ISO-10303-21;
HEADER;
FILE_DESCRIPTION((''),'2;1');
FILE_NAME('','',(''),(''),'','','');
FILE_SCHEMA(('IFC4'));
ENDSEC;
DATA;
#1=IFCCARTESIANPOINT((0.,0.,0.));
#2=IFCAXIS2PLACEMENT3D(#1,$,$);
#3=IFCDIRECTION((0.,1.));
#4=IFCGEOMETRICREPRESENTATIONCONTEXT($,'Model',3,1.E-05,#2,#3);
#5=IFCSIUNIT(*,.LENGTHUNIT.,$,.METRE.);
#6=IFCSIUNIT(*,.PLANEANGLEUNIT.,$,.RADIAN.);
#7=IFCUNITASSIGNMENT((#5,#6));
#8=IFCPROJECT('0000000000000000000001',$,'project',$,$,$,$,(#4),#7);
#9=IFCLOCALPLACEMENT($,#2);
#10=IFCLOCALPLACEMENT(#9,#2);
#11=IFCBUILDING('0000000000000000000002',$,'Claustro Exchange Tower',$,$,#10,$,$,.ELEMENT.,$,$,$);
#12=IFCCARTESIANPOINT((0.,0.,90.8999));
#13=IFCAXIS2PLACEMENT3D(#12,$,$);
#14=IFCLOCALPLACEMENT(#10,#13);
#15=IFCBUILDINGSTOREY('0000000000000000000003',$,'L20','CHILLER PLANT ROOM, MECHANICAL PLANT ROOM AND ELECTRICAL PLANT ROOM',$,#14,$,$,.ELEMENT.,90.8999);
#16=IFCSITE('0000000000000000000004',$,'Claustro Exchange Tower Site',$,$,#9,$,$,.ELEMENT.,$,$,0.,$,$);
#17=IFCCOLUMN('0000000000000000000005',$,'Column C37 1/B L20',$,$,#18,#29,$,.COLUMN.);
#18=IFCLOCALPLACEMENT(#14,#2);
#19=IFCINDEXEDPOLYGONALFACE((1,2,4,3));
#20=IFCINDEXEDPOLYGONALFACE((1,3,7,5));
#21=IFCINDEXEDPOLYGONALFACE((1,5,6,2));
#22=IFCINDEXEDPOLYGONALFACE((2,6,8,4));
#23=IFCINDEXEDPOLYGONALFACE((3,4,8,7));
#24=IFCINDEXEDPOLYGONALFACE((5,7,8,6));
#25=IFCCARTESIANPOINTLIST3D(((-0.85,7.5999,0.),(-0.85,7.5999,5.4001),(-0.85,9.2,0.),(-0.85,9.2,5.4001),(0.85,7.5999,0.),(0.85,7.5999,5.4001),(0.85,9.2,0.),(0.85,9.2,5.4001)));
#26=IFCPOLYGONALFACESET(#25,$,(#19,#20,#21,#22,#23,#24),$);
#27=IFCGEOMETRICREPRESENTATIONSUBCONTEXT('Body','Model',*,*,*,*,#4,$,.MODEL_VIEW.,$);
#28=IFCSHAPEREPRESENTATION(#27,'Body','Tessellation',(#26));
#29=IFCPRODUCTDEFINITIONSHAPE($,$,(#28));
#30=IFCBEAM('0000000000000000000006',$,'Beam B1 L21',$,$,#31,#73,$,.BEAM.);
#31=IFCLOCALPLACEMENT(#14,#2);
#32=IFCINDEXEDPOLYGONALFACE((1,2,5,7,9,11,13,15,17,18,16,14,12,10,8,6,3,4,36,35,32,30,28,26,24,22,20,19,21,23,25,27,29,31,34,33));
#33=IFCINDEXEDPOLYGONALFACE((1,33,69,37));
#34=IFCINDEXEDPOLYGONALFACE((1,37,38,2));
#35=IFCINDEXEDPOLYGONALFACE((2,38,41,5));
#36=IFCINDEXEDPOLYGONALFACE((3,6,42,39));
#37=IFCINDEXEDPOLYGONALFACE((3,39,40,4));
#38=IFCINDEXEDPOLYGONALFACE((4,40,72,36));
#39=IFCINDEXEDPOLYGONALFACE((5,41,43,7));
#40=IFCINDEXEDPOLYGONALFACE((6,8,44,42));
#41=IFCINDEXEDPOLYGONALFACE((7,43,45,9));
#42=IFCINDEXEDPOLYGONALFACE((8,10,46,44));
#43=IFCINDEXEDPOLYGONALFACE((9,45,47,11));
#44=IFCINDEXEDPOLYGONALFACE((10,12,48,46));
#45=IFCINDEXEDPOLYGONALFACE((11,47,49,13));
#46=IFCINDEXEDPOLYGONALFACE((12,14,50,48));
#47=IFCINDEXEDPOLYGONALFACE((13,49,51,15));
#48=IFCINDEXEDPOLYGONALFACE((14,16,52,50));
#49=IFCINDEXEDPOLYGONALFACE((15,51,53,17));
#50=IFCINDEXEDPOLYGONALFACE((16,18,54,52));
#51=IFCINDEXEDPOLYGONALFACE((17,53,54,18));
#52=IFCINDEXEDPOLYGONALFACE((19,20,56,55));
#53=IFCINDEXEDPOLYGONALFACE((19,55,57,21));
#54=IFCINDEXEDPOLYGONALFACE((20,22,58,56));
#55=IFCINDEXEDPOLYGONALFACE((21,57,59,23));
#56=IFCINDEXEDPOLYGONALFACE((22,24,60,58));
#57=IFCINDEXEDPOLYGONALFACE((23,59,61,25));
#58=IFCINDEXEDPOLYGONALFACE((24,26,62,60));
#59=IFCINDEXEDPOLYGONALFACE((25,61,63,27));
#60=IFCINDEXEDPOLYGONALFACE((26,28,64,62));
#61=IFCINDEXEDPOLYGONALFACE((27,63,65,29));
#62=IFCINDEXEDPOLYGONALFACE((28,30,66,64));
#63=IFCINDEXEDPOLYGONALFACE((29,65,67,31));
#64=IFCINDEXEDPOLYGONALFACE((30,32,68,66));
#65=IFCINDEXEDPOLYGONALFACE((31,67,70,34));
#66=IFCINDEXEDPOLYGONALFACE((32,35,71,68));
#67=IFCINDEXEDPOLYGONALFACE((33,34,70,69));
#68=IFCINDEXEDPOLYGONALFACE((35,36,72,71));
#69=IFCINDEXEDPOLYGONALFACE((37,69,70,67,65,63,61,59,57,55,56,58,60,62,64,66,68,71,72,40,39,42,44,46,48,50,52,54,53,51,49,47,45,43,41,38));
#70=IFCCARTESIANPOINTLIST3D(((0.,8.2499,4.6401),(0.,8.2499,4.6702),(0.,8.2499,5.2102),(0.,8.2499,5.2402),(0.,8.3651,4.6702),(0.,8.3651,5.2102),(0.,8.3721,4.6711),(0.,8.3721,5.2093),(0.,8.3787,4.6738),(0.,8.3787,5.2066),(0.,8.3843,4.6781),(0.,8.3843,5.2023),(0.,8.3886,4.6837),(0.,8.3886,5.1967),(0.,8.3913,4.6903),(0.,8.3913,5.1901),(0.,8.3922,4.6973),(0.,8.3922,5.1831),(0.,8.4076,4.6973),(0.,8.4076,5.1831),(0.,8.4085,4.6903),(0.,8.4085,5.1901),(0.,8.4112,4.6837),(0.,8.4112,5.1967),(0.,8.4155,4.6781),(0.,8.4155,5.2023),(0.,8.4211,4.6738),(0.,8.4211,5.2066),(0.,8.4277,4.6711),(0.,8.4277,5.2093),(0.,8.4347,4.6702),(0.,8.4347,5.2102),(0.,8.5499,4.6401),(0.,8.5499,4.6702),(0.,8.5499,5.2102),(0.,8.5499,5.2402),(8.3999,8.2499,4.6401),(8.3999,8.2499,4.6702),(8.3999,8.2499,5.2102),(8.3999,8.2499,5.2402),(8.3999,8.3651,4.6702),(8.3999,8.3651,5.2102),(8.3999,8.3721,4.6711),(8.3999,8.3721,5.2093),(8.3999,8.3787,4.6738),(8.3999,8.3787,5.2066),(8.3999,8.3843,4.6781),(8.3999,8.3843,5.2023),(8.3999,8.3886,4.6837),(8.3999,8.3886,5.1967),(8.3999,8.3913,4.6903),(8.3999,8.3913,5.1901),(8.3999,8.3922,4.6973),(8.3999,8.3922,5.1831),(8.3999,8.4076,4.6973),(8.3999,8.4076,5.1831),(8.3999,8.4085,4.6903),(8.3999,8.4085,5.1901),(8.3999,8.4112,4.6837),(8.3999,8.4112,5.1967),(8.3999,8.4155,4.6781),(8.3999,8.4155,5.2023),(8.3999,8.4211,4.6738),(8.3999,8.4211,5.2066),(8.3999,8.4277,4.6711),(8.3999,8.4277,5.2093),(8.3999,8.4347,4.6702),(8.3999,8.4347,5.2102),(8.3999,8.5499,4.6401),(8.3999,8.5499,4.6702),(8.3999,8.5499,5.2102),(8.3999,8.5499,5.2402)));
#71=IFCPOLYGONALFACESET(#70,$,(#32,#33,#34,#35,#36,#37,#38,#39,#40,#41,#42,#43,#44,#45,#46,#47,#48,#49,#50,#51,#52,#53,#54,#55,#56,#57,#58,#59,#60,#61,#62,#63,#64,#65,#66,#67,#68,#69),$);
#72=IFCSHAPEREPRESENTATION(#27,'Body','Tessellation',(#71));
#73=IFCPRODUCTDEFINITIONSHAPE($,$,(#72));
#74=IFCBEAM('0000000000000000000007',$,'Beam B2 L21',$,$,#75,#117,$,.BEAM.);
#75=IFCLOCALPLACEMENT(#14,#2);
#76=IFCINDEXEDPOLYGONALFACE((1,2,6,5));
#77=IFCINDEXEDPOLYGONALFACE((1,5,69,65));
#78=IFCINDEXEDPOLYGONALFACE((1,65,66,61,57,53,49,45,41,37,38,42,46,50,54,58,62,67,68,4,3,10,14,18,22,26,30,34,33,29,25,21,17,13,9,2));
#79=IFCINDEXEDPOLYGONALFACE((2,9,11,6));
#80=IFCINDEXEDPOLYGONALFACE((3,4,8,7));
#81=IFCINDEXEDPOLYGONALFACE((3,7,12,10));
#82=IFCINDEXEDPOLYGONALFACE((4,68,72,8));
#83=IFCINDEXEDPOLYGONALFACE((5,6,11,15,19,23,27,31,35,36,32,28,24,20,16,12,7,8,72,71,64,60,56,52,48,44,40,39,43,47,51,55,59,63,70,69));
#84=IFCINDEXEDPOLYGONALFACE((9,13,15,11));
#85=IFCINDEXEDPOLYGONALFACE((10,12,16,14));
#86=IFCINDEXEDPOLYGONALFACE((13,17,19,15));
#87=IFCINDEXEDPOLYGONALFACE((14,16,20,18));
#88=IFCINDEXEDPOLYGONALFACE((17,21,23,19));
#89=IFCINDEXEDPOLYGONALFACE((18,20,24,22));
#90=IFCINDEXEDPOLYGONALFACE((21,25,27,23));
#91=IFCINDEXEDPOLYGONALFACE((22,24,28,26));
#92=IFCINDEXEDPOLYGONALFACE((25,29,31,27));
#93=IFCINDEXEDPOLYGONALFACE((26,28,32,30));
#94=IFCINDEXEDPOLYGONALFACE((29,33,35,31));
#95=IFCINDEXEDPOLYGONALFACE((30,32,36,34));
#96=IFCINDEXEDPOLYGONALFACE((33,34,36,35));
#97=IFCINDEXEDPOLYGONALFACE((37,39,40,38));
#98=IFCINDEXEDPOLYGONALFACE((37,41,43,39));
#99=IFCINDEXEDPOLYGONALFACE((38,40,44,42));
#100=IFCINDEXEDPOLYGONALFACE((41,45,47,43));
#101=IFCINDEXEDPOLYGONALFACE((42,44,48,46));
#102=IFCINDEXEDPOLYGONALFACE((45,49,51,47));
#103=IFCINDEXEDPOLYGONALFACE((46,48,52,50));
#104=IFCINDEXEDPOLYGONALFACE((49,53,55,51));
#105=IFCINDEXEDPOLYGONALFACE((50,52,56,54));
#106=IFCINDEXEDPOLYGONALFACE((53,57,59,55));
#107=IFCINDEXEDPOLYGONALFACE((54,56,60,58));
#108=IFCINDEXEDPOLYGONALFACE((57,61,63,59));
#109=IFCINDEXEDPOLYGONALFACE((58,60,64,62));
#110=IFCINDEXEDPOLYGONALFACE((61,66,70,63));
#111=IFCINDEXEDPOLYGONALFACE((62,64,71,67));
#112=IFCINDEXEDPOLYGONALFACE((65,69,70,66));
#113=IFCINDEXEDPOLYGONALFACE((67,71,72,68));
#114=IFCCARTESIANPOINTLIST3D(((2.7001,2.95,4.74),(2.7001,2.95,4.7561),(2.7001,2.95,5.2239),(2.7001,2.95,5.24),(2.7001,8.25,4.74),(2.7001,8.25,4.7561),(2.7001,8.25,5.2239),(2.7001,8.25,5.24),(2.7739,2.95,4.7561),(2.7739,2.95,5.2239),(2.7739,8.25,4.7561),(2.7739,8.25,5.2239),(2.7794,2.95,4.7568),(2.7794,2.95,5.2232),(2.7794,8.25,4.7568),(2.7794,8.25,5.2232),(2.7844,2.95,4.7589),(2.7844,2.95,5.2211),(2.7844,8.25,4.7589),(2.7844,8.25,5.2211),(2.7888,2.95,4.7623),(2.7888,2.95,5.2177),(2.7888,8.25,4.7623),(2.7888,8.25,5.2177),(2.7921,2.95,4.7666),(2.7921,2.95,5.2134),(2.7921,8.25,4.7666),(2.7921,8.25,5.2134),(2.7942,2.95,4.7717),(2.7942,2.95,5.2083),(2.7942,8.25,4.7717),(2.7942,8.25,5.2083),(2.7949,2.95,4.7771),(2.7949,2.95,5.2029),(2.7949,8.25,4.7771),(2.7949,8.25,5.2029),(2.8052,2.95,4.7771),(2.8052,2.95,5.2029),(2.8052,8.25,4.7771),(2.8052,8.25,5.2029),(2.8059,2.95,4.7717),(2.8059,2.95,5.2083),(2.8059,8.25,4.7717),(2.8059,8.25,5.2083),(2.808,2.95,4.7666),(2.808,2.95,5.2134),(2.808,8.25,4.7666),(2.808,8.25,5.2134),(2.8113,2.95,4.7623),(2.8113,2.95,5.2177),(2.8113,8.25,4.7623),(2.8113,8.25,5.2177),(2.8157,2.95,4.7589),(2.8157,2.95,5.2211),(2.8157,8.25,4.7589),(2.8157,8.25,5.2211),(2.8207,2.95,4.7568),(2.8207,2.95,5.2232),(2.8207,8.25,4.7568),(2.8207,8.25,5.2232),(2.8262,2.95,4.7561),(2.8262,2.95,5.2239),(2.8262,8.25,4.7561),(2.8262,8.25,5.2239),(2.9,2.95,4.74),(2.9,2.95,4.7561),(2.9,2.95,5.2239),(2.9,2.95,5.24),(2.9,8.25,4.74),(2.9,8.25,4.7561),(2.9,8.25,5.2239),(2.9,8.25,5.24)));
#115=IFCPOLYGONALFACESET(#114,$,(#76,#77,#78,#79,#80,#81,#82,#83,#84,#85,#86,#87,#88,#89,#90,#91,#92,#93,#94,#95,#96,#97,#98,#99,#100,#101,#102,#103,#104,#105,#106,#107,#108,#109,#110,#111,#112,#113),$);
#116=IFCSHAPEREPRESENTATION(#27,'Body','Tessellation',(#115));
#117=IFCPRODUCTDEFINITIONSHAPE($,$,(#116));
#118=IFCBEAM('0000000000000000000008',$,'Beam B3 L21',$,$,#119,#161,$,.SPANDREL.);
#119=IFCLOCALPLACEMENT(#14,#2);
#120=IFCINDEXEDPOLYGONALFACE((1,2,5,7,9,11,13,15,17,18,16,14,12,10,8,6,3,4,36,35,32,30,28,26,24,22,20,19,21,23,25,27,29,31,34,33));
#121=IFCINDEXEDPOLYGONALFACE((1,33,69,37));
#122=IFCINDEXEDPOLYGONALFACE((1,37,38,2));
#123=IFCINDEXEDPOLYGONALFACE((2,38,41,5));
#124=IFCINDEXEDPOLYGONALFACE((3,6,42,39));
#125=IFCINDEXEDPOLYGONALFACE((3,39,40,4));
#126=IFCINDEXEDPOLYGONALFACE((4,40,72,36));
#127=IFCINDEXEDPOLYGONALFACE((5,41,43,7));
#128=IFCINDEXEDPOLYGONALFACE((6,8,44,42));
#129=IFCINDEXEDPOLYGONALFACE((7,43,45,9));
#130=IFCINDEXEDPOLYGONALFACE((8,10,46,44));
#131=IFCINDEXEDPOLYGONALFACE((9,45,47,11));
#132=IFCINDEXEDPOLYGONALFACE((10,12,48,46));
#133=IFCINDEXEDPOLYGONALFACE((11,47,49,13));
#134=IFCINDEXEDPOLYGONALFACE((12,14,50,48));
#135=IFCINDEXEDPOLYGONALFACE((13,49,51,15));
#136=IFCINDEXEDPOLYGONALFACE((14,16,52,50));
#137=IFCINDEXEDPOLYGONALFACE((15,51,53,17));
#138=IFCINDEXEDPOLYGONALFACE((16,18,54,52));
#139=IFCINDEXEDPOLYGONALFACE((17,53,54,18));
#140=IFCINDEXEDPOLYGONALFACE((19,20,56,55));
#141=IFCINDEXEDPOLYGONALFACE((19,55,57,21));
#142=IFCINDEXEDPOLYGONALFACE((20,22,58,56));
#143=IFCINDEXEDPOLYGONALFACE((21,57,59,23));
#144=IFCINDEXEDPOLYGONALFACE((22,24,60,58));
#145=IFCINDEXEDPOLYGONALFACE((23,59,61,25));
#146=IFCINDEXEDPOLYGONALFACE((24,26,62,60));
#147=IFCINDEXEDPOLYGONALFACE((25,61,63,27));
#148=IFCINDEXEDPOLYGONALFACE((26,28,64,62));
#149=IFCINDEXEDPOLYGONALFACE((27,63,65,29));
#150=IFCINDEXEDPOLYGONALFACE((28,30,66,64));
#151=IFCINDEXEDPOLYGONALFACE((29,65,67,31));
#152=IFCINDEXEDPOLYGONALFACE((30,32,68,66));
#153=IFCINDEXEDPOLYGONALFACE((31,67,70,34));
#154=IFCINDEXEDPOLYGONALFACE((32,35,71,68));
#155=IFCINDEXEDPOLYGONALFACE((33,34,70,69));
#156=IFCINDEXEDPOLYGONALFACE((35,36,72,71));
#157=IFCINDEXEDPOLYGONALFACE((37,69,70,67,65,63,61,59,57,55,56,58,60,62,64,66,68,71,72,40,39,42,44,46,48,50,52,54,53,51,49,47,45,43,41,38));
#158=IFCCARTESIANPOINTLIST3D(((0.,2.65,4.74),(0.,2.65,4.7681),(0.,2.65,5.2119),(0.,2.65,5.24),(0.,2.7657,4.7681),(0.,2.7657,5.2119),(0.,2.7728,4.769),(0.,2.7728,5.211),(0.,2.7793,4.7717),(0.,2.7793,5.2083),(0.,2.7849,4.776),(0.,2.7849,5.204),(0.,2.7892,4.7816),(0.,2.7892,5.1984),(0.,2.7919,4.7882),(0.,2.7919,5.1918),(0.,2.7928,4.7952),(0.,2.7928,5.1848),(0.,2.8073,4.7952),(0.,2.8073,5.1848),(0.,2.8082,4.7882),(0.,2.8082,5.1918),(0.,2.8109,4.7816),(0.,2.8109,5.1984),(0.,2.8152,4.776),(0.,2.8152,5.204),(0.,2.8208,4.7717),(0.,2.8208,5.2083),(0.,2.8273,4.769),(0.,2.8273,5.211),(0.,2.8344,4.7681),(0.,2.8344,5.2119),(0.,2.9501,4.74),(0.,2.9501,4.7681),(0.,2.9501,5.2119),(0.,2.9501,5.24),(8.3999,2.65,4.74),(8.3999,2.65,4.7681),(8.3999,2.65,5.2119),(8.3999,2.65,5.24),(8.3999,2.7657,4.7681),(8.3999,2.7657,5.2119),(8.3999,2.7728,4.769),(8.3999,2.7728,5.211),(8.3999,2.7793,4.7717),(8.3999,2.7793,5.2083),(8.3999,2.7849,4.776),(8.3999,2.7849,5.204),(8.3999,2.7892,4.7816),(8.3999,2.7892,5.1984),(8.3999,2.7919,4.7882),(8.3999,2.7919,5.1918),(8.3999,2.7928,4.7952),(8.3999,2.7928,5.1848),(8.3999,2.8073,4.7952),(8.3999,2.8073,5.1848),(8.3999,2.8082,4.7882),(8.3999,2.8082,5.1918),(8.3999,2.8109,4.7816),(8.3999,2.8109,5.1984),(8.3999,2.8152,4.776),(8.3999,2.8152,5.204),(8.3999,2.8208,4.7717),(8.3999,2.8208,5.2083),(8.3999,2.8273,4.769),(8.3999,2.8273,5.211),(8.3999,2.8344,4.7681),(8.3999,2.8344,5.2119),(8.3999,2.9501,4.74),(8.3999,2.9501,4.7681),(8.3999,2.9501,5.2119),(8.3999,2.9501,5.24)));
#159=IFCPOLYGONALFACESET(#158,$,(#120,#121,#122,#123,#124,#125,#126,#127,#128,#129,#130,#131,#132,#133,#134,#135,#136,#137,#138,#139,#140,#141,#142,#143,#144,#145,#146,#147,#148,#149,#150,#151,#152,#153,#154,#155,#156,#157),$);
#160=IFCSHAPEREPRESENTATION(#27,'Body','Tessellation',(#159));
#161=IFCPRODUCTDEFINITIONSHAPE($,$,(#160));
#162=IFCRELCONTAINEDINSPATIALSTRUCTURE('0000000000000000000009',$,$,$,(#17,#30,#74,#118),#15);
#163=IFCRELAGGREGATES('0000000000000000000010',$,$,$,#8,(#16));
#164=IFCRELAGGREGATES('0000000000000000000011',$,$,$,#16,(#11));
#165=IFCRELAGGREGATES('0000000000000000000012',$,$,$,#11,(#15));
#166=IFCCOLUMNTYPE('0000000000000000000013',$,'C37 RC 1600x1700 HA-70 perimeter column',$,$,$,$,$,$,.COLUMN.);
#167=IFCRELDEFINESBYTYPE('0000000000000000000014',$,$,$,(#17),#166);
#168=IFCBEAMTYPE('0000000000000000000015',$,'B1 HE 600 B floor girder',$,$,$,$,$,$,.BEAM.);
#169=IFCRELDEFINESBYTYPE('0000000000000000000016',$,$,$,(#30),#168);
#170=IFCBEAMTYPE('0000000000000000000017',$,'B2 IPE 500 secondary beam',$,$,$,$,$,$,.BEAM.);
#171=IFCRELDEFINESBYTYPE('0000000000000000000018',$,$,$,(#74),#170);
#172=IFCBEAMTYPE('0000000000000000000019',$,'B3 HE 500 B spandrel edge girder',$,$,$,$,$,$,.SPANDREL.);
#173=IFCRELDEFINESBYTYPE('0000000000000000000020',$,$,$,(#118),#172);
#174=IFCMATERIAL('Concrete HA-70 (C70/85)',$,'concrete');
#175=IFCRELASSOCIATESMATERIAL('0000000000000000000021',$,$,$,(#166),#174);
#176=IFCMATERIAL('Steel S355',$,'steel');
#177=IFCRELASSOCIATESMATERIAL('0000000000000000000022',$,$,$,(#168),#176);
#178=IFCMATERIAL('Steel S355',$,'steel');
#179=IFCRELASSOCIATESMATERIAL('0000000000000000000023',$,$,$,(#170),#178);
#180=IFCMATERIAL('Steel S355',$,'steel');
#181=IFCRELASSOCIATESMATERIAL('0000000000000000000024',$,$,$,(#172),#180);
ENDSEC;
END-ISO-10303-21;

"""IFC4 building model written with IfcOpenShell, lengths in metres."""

from ifc_helpers import new_model, si_unit, direction, frame, origin, origin_2d, place, context, subcontext, project, spatial, rectangle, i_section, extrude, material, material_profile, profile_set, type_object, element, save


model = new_model("IFC4")

# Units and contexts
model_context = context("Model", 3, precision=1e-05, world=origin(), true_north=direction((0.0, 1.0)))
body_context = subcontext(model_context, "Body", "Model", "MODEL_VIEW")
ifc_project = project(units=[si_unit("LENGTHUNIT", "METRE"), si_unit("PLANEANGLEUNIT", "RADIAN")], contexts=[model_context])

# Site, building, storey
site_placement = place(None, origin())
site = spatial("IfcSite", under=ifc_project, at=site_placement, Name="Claustro Exchange Tower Site", CompositionType="ELEMENT", RefElevation=0.0)
building_placement = place(site_placement, origin())
building = spatial("IfcBuilding", under=site, at=building_placement, Name="Claustro Exchange Tower", CompositionType="ELEMENT")
storey_placement = place(building_placement, frame((0.0, 0.0, 90.8999)))
storey = spatial("IfcBuildingStorey", under=building, at=storey_placement, Name="L20", Description="CHILLER PLANT ROOM, MECHANICAL PLANT ROOM AND ELECTRICAL PLANT ROOM", CompositionType="ELEMENT", Elevation=90.8999)

# Column
ifc_material_1 = material(Name="Concrete HA-70 (C70/85)", Category="concrete")
ifc_material_profile_1 = material_profile(ifc_material_1, rectangle(XDim=1.6001, YDim=1.7, at=origin_2d()), Name="RC 1600x1700")
ifc_profile_set_1 = profile_set([ifc_material_profile_1], Name="Concrete HA-70 (C70/85)")
column_type = type_object("IfcColumnType", Name="C37 RC 1600x1700 HA-70 perimeter column", PredefinedType="COLUMN", material=ifc_profile_set_1)
column_placement = place(storey_placement, frame((0.0, 8.3999, 0.0), z_axis=(0.0, 0.0, 1.0), x_axis=(0.0, 1.0, 0.0)))
element("IfcColumn", 1, at=column_placement, inside=storey, type_object=column_type, Name="Column C37 1/B L20", PredefinedType="COLUMN", context=body_context, shape_type="SweptSolid", body=[
    extrude(rectangle(XDim=1.6001, YDim=1.7, at=origin_2d()), origin(), (0.0, 0.0, 1.0), 5.4001),
])

# Beams
ifc_material_2 = material(Name="Steel S355", Category="steel")
ifc_material_profile_2 = material_profile(ifc_material_2, i_section(OverallWidth=0.3, OverallDepth=0.6001, WebThickness=0.0154, FlangeThickness=0.03, FilletRadius=0.0271, at=origin_2d()), Name="HE 600 B")
ifc_profile_set_2 = profile_set([ifc_material_profile_2], Name="Steel S355")
beam_type_1 = type_object("IfcBeamType", Name="B1 HE 600 B floor girder", PredefinedType="BEAM", material=ifc_profile_set_2)
beam_1_placement = place(storey_placement, frame((0.0, 8.3999, 4.9402), z_axis=(1.0, 0.0, 0.0), x_axis=(0.0, 1.0, 0.0)))
element("IfcBeam", 2, at=beam_1_placement, inside=storey, type_object=beam_type_1, Name="Beam B1 L21", PredefinedType="BEAM", context=body_context, shape_type="SweptSolid", body=[
    extrude(i_section(OverallWidth=0.3, OverallDepth=0.6001, WebThickness=0.0154, FlangeThickness=0.03, FilletRadius=0.0271, at=origin_2d()), origin(), (0.0, 0.0, 1.0), 8.3999),
])
ifc_material_3 = material(Name="Steel S355", Category="steel")
ifc_material_profile_3 = material_profile(ifc_material_3, i_section(OverallWidth=0.2, OverallDepth=0.5, WebThickness=0.0103, FlangeThickness=0.0161, FilletRadius=0.021, at=origin_2d()), Name="IPE 500")
ifc_profile_set_3 = profile_set([ifc_material_profile_3], Name="Steel S355")
beam_type_2 = type_object("IfcBeamType", Name="B2 IPE 500 secondary beam", PredefinedType="BEAM", material=ifc_profile_set_3)
beam_2_placement = place(storey_placement, frame((2.8, 2.95, 4.99), z_axis=(0.0, 1.0, 0.0), x_axis=(-1.0, 0.0, 0.0)))
element("IfcBeam", 3, at=beam_2_placement, inside=storey, type_object=beam_type_2, Name="Beam B2 L21", PredefinedType="BEAM", context=body_context, shape_type="SweptSolid", body=[
    extrude(i_section(OverallWidth=0.2, OverallDepth=0.5, WebThickness=0.0103, FlangeThickness=0.0161, FilletRadius=0.021, at=origin_2d()), origin(), (0.0, 0.0, 1.0), 5.3),
])
ifc_material_4 = material(Name="Steel S355", Category="steel")
ifc_material_profile_4 = material_profile(ifc_material_4, i_section(OverallWidth=0.3, OverallDepth=0.5, WebThickness=0.0144, FlangeThickness=0.0281, FilletRadius=0.0271, at=origin_2d()), Name="HE 500 B")
ifc_profile_set_4 = profile_set([ifc_material_profile_4], Name="Steel S355")
beam_type_3 = type_object("IfcBeamType", Name="B3 HE 500 B spandrel edge girder", PredefinedType="SPANDREL", material=ifc_profile_set_4)
beam_3_placement = place(storey_placement, frame((0.0, 2.8, 4.99), z_axis=(1.0, 0.0, 0.0), x_axis=(0.0, 1.0, 0.0)))
element("IfcBeam", 4, at=beam_3_placement, inside=storey, type_object=beam_type_3, Name="Beam B3 L21", PredefinedType="SPANDREL", context=body_context, shape_type="SweptSolid", body=[
    extrude(i_section(OverallWidth=0.3, OverallDepth=0.5, WebThickness=0.0144, FlangeThickness=0.0281, FilletRadius=0.0271, at=origin_2d()), origin(), (0.0, 0.0, 1.0), 8.3999),
])

save(model, "model.ifc")
